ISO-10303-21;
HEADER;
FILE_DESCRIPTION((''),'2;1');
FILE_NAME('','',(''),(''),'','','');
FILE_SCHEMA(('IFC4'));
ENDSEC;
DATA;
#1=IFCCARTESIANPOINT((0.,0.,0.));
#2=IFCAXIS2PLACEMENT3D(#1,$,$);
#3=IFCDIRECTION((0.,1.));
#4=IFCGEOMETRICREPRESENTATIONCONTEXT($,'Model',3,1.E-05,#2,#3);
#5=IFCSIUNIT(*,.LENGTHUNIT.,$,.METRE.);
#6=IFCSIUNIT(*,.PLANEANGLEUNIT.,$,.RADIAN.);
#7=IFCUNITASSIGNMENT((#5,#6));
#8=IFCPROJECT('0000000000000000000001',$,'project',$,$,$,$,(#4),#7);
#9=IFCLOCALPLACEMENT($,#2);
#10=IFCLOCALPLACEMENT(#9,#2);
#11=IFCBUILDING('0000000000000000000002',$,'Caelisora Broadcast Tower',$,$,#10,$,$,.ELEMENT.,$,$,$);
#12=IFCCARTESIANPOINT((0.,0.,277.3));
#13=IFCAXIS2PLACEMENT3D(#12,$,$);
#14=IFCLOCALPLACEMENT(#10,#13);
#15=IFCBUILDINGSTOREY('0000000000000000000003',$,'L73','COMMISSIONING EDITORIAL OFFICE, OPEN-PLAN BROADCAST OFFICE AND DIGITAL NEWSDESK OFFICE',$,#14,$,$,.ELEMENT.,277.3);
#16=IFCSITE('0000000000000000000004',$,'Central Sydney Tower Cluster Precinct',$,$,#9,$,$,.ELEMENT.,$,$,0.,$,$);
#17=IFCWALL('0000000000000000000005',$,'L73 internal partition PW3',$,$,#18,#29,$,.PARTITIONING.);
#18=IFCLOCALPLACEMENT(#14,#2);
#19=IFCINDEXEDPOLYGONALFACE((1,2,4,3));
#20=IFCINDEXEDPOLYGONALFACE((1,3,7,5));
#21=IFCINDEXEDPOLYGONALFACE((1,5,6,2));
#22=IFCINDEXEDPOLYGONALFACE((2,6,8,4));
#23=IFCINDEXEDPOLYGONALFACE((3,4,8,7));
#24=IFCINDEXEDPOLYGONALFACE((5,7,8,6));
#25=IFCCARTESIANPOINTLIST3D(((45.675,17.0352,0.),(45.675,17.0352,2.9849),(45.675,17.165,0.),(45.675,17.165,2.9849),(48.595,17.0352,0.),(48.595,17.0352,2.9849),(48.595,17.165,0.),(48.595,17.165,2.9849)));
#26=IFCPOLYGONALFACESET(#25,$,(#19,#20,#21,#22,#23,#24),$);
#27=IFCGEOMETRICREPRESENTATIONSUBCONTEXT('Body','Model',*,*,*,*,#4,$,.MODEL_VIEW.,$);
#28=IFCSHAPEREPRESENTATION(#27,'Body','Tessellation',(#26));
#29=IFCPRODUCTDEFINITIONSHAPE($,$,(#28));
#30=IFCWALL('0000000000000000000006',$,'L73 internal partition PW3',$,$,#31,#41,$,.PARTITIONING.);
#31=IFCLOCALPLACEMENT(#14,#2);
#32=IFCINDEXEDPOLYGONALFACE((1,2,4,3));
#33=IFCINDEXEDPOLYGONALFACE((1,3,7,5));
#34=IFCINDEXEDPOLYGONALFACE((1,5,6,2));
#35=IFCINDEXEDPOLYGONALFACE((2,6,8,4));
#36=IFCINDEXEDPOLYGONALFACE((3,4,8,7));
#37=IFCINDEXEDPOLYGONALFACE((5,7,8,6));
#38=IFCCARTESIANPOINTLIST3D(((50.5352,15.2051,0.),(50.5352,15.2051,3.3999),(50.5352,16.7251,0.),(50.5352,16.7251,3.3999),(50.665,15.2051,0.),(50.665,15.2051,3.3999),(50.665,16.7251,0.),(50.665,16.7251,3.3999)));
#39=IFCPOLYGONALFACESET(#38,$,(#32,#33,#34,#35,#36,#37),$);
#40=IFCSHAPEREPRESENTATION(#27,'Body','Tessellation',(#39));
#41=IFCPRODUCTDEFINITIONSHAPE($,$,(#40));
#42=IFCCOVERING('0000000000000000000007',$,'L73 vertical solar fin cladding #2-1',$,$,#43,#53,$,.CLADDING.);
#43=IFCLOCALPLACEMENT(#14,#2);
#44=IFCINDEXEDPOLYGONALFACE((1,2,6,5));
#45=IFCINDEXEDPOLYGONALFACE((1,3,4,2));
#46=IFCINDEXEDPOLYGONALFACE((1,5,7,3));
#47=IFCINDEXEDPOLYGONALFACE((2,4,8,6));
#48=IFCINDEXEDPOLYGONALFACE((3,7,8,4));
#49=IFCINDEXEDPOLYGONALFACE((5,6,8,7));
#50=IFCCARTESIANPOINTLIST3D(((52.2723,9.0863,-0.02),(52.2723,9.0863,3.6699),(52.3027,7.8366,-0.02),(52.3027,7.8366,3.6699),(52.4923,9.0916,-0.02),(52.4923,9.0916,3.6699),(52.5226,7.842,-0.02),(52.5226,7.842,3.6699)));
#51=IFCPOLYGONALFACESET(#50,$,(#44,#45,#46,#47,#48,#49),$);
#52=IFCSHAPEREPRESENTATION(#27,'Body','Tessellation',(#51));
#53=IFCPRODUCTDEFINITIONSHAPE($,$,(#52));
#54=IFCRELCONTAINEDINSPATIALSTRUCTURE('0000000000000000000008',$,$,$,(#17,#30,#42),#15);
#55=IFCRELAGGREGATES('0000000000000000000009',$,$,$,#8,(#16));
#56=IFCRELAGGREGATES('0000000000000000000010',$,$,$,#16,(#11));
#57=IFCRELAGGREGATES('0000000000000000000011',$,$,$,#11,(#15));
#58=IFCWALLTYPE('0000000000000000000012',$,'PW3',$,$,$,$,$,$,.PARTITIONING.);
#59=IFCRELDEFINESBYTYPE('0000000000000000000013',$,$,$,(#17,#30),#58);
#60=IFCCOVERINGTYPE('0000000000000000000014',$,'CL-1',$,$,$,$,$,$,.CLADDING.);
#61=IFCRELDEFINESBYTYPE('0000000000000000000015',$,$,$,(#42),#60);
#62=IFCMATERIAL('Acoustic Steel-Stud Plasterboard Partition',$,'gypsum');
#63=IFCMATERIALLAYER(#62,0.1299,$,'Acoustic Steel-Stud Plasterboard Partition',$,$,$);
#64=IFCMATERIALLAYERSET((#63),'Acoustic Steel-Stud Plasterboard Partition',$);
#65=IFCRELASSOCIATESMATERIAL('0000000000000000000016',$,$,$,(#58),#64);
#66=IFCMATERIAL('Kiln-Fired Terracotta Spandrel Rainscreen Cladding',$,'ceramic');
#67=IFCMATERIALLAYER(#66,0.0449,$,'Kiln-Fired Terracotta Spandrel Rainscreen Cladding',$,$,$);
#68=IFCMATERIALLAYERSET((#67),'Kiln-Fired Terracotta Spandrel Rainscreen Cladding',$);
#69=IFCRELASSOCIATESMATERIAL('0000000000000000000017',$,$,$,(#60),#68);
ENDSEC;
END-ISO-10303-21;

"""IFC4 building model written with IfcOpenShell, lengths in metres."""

from ifc_helpers import new_model, si_unit, direction, frame, frame_2d, origin, origin_2d, place, context, subcontext, project, spatial, rectangle, extrude, source, transform, mapped, material, layer, layer_set, type_object, type_shapes, element, save


model = new_model("IFC4")

# Units and contexts
model_context = context("Model", 3, precision=1e-05, world=origin(), true_north=direction((0.0, 1.0)))
body_context = subcontext(model_context, "Body", "Model", "MODEL_VIEW")
ifc_project = project(units=[si_unit("LENGTHUNIT", "METRE"), si_unit("PLANEANGLEUNIT", "RADIAN")], contexts=[model_context])

# Site, building, storey
site_placement = place(None, origin())
site = spatial("IfcSite", under=ifc_project, at=site_placement, Name="Central Sydney Tower Cluster Precinct", CompositionType="ELEMENT", RefElevation=0.0)
building_placement = place(site_placement, origin())
building = spatial("IfcBuilding", under=site, at=building_placement, Name="Caelisora Broadcast Tower", CompositionType="ELEMENT")
storey_placement = place(building_placement, frame((0.0, 0.0, 277.3)))
storey = spatial("IfcBuildingStorey", under=building, at=storey_placement, Name="L73", Description="COMMISSIONING EDITORIAL OFFICE, OPEN-PLAN BROADCAST OFFICE AND DIGITAL NEWSDESK OFFICE", CompositionType="ELEMENT", Elevation=277.3)

# Shared definitions
ifc_material_1 = material(Name="Acoustic Steel-Stud Plasterboard Partition", Category="gypsum")
ifc_layer_1 = layer(ifc_material_1, 0.1299, Name="Acoustic Steel-Stud Plasterboard Partition")
ifc_layer_set_1 = layer_set([ifc_layer_1], Name="Acoustic Steel-Stud Plasterboard Partition")
wall_type = type_object("IfcWallType", Name="PW3", PredefinedType="PARTITIONING", material=ifc_layer_set_1)

# Walls
wall_1_placement = place(storey_placement, frame((45.675, 17.1001, 0.0), z_axis=(0.0, 0.0, 1.0), x_axis=(1.0, 0.0, 0.0)))
element("IfcWall", 1, at=wall_1_placement, inside=storey, type_object=wall_type, Name="L73 internal partition PW3", PredefinedType="PARTITIONING", context=body_context, shape_type="SweptSolid", body=[
    extrude(rectangle(XDim=2.9199, YDim=0.1299, at=frame_2d((1.46, 0.0))), origin(), (0.0, 0.0, 1.0), 2.9849),
])
wall_2_placement = place(storey_placement, frame((50.6001, 15.2051, 0.0), z_axis=(0.0, 0.0, 1.0), x_axis=(0.0, 1.0, 0.0)))
element("IfcWall", 2, at=wall_2_placement, inside=storey, type_object=wall_type, Name="L73 internal partition PW3", PredefinedType="PARTITIONING", context=body_context, shape_type="SweptSolid", body=[
    extrude(rectangle(XDim=1.52, YDim=0.1299, at=frame_2d((0.76, 0.0))), origin(), (0.0, 0.0, 1.0), 3.3999),
])

# Covering
ifc_material_2 = material(Name="Kiln-Fired Terracotta Spandrel Rainscreen Cladding", Category="ceramic")
ifc_layer_2 = layer(ifc_material_2, 0.0449, Name="Kiln-Fired Terracotta Spandrel Rainscreen Cladding")
ifc_layer_set_2 = layer_set([ifc_layer_2], Name="Kiln-Fired Terracotta Spandrel Rainscreen Cladding")
covering_type = type_object("IfcCoveringType", Name="CL-1", PredefinedType="CLADDING", material=ifc_layer_set_2)
shared_shape_1 = source(origin(), body_context, "Body", "SweptSolid", [
    extrude(rectangle(XDim=0.22, YDim=1.25, at=origin_2d()), origin(), (0.0, 0.0, 1.0), 3.6899),
])
type_shapes(covering_type, [shared_shape_1])
covering_placement = place(storey_placement, frame((52.3975, 8.4641, -0.02), z_axis=(0.0, 0.0, 1.0), x_axis=(-0.999706, -0.024258, 0.0)))
element("IfcCovering", 3, at=covering_placement, inside=storey, type_object=covering_type, Name="L73 vertical solar fin cladding #2-1", PredefinedType="CLADDING", context=body_context, shape_type="MappedRepresentation", body=[
    mapped(shared_shape_1, transform((0.0, 0.0, 0.0), scale=1.0)),
])

save(model, "model.ifc")
